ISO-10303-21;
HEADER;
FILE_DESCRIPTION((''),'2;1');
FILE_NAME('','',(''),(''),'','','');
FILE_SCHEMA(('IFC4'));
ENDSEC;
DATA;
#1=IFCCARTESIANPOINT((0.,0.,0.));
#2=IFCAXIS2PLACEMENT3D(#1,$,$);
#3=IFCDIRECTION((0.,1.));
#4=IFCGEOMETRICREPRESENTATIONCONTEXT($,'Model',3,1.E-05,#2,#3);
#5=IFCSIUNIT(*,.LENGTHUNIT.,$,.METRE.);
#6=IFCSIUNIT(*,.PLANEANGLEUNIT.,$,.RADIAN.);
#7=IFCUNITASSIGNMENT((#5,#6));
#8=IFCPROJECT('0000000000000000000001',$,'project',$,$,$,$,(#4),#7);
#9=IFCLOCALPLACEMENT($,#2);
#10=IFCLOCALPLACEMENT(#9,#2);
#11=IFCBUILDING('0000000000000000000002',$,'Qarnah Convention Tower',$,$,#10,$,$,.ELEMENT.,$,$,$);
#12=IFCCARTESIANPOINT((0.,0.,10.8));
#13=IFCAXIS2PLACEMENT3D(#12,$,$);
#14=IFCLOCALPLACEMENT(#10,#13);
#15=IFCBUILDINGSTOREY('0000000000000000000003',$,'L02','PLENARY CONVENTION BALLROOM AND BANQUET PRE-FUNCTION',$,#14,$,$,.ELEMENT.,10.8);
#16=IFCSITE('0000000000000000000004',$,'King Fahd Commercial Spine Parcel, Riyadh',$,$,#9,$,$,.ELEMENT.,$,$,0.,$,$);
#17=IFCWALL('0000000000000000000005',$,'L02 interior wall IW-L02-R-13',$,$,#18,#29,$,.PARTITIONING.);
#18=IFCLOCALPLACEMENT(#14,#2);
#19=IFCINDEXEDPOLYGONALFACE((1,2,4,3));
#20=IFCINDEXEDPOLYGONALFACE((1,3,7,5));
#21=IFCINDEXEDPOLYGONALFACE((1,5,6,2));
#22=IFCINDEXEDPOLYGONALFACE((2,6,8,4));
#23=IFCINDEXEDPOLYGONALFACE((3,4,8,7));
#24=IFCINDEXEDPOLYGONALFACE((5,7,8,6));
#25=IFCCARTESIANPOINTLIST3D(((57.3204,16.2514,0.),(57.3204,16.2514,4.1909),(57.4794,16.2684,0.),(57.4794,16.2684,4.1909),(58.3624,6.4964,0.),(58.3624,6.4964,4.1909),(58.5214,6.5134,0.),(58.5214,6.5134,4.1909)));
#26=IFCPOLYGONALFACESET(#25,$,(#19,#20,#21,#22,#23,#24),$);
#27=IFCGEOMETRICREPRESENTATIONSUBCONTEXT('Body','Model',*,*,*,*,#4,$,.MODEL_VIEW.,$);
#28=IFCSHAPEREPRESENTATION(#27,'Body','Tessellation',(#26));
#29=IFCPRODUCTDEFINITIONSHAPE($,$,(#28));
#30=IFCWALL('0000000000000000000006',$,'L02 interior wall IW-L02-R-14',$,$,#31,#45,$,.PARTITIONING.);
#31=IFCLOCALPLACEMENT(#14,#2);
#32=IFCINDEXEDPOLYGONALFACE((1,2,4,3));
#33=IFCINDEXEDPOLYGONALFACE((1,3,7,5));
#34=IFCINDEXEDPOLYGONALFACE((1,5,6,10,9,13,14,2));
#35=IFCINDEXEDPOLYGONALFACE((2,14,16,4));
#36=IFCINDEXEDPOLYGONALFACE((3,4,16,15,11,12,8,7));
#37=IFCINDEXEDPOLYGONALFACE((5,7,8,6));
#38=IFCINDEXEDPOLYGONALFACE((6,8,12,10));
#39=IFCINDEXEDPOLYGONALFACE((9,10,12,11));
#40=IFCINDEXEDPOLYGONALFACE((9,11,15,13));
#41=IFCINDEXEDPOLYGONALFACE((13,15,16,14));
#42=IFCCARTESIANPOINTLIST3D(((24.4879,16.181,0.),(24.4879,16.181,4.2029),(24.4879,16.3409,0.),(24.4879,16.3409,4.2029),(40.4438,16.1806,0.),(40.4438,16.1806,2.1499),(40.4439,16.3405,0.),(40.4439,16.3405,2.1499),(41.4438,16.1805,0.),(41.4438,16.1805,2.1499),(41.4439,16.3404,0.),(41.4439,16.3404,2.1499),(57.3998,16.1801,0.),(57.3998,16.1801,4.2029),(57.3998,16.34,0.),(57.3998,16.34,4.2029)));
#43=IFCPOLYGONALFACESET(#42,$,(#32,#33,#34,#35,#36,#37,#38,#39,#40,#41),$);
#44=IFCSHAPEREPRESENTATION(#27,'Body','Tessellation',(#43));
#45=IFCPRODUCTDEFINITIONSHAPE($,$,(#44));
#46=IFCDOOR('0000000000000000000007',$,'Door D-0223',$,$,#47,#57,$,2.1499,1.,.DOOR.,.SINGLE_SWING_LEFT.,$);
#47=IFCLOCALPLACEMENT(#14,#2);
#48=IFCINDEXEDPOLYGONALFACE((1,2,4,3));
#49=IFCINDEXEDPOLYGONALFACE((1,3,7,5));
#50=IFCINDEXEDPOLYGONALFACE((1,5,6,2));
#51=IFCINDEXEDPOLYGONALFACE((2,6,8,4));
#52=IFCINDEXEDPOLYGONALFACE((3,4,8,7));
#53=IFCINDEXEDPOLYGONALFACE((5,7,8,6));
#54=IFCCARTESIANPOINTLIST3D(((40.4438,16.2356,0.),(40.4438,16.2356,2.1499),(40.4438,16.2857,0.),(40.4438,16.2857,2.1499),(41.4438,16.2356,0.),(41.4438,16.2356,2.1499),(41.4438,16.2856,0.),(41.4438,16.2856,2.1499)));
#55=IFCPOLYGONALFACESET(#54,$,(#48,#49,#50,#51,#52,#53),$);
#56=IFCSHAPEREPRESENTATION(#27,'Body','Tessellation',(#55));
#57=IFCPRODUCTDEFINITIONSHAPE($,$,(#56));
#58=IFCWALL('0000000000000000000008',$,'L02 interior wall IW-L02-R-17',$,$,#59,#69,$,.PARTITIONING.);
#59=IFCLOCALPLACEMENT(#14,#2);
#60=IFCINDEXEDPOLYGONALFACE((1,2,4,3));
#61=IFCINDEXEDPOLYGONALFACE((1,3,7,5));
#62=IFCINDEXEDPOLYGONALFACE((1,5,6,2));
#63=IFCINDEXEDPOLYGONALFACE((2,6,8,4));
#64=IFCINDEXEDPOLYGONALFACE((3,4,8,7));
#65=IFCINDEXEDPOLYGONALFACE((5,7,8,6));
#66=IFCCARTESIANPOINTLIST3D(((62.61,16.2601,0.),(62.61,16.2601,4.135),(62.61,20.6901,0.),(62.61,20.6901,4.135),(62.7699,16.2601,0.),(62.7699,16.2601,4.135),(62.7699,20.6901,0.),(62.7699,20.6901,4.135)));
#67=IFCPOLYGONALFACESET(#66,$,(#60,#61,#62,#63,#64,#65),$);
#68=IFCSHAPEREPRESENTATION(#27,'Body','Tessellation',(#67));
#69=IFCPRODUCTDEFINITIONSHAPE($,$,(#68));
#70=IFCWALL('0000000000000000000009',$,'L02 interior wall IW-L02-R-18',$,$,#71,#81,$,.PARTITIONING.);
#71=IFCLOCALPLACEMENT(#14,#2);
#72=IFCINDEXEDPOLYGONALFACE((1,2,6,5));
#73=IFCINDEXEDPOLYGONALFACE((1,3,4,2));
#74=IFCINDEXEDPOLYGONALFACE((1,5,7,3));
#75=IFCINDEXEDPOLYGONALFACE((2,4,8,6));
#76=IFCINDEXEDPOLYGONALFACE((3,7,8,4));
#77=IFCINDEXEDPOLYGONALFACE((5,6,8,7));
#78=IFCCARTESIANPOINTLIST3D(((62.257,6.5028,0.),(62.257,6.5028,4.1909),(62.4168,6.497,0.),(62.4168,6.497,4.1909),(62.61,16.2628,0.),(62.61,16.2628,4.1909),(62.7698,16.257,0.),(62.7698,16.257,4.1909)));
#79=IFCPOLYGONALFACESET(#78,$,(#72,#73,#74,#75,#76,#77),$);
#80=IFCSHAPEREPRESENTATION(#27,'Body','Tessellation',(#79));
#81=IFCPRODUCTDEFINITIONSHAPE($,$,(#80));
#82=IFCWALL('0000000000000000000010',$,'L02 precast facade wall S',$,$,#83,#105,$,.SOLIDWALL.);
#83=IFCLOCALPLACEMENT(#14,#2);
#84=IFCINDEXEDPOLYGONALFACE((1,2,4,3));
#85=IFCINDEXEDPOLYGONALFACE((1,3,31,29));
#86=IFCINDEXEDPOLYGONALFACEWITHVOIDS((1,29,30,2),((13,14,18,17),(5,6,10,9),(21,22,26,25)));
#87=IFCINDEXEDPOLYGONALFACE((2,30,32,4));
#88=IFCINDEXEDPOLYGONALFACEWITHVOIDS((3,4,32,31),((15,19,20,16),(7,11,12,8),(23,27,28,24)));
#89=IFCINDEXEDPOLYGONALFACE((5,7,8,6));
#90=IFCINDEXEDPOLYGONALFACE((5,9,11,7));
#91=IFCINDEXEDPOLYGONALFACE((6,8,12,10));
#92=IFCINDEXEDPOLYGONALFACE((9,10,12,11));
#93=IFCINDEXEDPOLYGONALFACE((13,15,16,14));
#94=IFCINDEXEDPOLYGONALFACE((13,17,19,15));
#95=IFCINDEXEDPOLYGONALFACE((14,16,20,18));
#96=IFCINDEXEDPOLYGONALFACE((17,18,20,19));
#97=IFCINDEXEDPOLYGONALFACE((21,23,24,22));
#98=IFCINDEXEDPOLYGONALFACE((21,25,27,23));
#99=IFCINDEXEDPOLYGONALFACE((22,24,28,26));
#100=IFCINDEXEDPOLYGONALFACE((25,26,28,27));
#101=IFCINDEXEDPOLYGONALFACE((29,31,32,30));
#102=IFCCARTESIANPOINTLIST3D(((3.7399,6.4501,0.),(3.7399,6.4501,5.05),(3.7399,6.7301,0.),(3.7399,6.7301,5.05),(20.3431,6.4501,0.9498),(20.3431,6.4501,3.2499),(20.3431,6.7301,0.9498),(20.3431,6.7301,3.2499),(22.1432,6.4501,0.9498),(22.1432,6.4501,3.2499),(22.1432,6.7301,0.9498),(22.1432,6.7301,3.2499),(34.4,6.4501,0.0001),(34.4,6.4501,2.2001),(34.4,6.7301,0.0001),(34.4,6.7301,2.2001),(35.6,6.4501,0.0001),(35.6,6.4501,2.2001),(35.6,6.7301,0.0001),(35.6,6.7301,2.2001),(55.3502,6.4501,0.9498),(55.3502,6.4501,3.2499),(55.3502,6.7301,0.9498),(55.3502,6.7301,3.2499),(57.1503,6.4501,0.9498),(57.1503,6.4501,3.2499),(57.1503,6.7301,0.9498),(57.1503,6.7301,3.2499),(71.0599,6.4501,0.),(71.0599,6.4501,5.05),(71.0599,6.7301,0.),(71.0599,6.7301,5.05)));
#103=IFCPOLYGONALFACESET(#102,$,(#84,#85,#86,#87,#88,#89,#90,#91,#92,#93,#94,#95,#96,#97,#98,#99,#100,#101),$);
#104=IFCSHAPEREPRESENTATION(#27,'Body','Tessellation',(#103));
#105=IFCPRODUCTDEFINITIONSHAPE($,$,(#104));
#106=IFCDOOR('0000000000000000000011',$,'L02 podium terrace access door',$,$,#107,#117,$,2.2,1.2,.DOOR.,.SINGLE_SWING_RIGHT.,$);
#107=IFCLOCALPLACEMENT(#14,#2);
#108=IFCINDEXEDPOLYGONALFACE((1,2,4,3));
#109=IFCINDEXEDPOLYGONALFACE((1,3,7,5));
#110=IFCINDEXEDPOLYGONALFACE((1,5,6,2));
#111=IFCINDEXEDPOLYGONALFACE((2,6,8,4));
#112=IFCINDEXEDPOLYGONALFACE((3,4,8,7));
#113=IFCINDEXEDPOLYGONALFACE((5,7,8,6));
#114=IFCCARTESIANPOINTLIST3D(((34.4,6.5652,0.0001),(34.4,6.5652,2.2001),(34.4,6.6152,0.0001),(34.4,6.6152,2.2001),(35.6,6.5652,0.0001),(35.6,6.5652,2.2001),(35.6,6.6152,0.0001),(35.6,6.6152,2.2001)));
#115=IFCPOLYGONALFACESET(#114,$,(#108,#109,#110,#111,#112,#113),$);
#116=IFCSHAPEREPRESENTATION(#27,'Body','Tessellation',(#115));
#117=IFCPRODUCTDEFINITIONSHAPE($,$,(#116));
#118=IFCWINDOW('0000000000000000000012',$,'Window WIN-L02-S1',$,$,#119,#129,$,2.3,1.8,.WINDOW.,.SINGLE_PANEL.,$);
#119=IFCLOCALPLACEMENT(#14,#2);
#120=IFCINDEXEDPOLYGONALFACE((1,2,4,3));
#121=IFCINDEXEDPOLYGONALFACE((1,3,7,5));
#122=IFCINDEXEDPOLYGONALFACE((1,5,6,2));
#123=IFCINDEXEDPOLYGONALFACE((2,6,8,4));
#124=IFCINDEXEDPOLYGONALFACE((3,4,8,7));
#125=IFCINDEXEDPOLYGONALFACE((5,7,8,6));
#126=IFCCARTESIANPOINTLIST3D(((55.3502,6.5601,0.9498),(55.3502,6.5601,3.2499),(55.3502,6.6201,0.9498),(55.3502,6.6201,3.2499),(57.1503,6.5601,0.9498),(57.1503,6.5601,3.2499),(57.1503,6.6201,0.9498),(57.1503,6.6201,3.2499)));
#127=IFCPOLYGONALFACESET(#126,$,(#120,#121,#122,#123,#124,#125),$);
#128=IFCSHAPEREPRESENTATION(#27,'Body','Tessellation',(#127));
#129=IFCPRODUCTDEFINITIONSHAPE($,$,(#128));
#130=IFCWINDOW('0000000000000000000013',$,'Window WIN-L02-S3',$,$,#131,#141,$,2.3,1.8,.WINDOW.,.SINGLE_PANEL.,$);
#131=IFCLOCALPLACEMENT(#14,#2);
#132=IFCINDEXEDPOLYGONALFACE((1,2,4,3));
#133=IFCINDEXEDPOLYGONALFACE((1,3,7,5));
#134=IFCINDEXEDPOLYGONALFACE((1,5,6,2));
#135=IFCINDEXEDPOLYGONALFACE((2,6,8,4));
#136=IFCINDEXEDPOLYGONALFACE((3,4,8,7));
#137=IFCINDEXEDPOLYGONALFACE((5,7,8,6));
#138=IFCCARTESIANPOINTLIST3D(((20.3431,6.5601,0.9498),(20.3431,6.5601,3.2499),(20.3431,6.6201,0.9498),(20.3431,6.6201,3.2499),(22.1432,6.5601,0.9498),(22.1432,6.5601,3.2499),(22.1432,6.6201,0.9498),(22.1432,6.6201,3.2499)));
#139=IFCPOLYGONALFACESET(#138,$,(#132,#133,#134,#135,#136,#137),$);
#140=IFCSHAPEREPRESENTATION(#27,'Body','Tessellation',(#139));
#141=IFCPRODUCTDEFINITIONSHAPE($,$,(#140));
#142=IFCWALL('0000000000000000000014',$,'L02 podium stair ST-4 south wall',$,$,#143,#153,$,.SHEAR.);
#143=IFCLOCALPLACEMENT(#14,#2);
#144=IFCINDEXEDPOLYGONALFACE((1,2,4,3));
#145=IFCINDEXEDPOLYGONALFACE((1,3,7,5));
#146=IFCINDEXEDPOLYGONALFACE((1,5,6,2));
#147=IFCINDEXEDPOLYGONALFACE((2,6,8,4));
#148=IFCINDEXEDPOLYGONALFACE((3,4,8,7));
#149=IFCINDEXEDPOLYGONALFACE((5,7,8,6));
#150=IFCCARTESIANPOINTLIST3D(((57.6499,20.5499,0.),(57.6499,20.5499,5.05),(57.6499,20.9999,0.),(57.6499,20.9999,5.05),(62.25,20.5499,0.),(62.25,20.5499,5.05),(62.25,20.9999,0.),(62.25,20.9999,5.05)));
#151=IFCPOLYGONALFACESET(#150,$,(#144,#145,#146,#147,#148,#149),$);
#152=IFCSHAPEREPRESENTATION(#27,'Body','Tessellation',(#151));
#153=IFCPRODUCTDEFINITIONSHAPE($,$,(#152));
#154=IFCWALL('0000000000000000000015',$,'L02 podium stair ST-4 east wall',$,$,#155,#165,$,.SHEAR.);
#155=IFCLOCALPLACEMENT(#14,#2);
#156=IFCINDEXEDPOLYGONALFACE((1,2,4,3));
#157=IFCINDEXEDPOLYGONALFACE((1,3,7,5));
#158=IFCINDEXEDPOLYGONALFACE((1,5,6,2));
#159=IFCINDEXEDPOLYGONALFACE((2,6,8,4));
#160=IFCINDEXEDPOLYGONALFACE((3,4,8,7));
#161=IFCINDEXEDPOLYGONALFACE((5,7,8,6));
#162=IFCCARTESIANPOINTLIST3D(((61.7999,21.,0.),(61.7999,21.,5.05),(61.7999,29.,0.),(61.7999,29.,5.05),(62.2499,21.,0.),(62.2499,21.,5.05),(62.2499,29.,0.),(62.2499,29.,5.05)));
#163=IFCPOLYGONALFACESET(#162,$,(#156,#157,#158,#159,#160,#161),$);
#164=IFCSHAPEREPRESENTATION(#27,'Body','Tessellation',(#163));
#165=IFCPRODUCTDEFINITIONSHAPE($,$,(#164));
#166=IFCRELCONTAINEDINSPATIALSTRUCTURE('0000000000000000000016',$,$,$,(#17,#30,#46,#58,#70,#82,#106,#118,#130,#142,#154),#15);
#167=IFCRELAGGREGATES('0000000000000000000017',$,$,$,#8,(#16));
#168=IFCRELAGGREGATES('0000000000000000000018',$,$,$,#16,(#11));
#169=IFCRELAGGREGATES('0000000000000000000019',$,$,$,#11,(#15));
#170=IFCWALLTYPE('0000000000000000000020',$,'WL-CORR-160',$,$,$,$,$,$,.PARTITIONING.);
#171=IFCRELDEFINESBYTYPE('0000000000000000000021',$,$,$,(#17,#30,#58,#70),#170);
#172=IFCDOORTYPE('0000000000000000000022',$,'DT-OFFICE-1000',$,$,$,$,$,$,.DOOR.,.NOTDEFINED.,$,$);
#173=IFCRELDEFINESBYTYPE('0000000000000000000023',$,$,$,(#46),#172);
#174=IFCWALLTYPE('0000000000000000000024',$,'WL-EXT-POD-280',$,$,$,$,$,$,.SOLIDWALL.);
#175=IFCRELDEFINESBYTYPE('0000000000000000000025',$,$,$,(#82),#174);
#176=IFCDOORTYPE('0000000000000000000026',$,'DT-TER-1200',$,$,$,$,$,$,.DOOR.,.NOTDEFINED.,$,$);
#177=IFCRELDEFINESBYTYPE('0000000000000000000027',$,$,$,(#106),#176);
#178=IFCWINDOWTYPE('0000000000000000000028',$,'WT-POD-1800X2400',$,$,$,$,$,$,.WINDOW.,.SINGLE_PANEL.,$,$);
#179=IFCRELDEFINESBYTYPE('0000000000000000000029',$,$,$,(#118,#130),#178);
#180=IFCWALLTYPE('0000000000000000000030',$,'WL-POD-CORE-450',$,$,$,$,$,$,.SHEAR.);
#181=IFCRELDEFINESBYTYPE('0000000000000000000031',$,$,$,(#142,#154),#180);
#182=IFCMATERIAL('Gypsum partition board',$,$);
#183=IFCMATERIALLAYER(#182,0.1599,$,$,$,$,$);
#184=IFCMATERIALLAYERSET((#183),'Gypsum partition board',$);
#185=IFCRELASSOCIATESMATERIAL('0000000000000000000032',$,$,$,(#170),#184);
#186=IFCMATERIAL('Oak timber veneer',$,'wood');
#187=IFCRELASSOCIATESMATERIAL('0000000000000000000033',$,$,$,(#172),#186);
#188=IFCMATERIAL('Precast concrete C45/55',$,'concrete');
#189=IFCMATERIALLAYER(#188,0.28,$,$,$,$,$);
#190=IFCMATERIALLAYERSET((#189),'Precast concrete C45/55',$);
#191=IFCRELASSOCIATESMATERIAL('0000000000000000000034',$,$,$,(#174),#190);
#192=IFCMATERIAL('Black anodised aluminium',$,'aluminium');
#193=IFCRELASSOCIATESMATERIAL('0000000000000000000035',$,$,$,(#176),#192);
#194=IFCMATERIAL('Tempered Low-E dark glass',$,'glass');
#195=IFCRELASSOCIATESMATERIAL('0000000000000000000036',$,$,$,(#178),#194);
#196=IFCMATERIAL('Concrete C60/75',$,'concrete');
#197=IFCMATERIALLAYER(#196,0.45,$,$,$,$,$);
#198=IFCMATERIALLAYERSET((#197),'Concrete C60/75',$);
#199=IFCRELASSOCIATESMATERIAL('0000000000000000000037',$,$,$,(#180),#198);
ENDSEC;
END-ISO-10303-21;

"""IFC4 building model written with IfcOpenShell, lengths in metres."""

from ifc_helpers import new_model, si_unit, direction, frame, frame_2d, origin, place, context, subcontext, project, spatial, rectangle, extrude, material, layer, layer_set, type_object, element, fill, save


model = new_model("IFC4")

# Units and contexts
model_context = context("Model", 3, precision=1e-05, world=origin(), true_north=direction((0.0, 1.0)))
body_context = subcontext(model_context, "Body", "Model", "MODEL_VIEW")
ifc_project = project(units=[si_unit("LENGTHUNIT", "METRE"), si_unit("PLANEANGLEUNIT", "RADIAN")], contexts=[model_context])

# Site, building, storey
site_placement = place(None, origin())
site = spatial("IfcSite", under=ifc_project, at=site_placement, Name="King Fahd Commercial Spine Parcel, Riyadh", CompositionType="ELEMENT", RefElevation=0.0)
building_placement = place(site_placement, origin())
building = spatial("IfcBuilding", under=site, at=building_placement, Name="Qarnah Convention Tower", CompositionType="ELEMENT")
storey_placement = place(building_placement, frame((0.0, 0.0, 10.8)))
storey = spatial("IfcBuildingStorey", under=building, at=storey_placement, Name="L02", Description="PLENARY CONVENTION BALLROOM AND BANQUET PRE-FUNCTION", CompositionType="ELEMENT", Elevation=10.8)

# Shared definitions
ifc_material_1 = material(Name="Concrete C60/75", Category="concrete")

# Wall
ifc_material_2 = material(Name="Gypsum partition board")
ifc_layer_1 = layer(ifc_material_2, 0.1599)
ifc_layer_set_1 = layer_set([ifc_layer_1], Name="Gypsum partition board")
wall_type_1 = type_object("IfcWallType", Name="WL-CORR-160", PredefinedType="PARTITIONING", material=ifc_layer_set_1)
wall_1_placement = place(storey_placement, frame((58.4419, 6.5049, 0.0), z_axis=(0.0, 0.0, 1.0), x_axis=(-0.106211, 0.994344, 0.0)))
element("IfcWall", 1, at=wall_1_placement, inside=storey, type_object=wall_type_1, Name="L02 interior wall IW-L02-R-13", PredefinedType="PARTITIONING", context=body_context, shape_type="SweptSolid", body=[
    extrude(rectangle(XDim=9.8105, YDim=0.1599, at=frame_2d((4.9053, 0.0))), origin(), (0.0, 0.0, 1.0), 4.1909),
])

# Wall, opening, door
wall_2_placement = place(storey_placement, frame((57.3999, 16.26, 0.0), z_axis=(0.0, 0.0, 1.0), x_axis=(-1.0, 0.00003, 0.0)))
wall_2 = element("IfcWall", 2, at=wall_2_placement, inside=storey, type_object=wall_type_1, Name="L02 interior wall IW-L02-R-14", PredefinedType="PARTITIONING", context=body_context, shape_type="SweptSolid", body=[
    extrude(rectangle(XDim=32.9119, YDim=0.1599, at=frame_2d((16.4561, 0.0))), origin(), (0.0, 0.0, 1.0), 4.2029),
])
opening_1_placement = place(wall_2_placement, frame((15.9561, 0.0, 0.0)))
opening_1 = element("IfcOpeningElement", 3, at=opening_1_placement, cuts=wall_2, PredefinedType="OPENING", context=body_context, shape_type="SweptSolid", body=[
    extrude(rectangle(XDim=1.0, YDim=2.1499, at=frame_2d((0.5, 1.075))), frame((0.0, 0.0898, 0.0), z_axis=(0.0, -1.0, 0.0), x_axis=(1.0, 0.0, 0.0)), (0.0, 0.0, 1.0), 0.1799),
])
ifc_material_3 = material(Name="Oak timber veneer", Category="wood")
door_type_1 = type_object("IfcDoorType", Name="DT-OFFICE-1000", OperationType="NOTDEFINED", PredefinedType="DOOR", material=ifc_material_3)
door_1_placement = place(opening_1_placement, origin())
door_1 = element("IfcDoor", 4, at=door_1_placement, inside=storey, type_object=door_type_1, Name="Door D-0223", OperationType="SINGLE_SWING_LEFT", OverallHeight=2.1499, OverallWidth=1.0, PredefinedType="DOOR", context=body_context, shape_type="SweptSolid", body=[
    extrude(rectangle(XDim=1.0, YDim=2.1499, at=frame_2d((0.5, 1.075))), frame((0.0, 0.0249, 0.0), z_axis=(0.0, -1.0, 0.0), x_axis=(1.0, 0.0, 0.0)), (0.0, 0.0, 1.0), 0.05),
])
fill(opening_1, door_1)

# Walls
wall_3_placement = place(storey_placement, frame((62.6899, 20.6899, 0.0), z_axis=(0.0, 0.0, 1.0), x_axis=(0.0, -1.0, 0.0)))
element("IfcWall", 5, at=wall_3_placement, inside=storey, type_object=wall_type_1, Name="L02 interior wall IW-L02-R-17", PredefinedType="PARTITIONING", context=body_context, shape_type="SweptSolid", body=[
    extrude(rectangle(XDim=4.4299, YDim=0.1599, at=frame_2d((2.2148, 0.0))), origin(), (0.0, 0.0, 1.0), 4.135),
])
wall_4_placement = place(storey_placement, frame((62.6899, 16.26, 0.0), z_axis=(0.0, 0.0, 1.0), x_axis=(-0.036147, -0.999346, 0.0)))
element("IfcWall", 6, at=wall_4_placement, inside=storey, type_object=wall_type_1, Name="L02 interior wall IW-L02-R-18", PredefinedType="PARTITIONING", context=body_context, shape_type="SweptSolid", body=[
    extrude(rectangle(XDim=9.7664, YDim=0.1599, at=frame_2d((4.8833, 0.0))), origin(), (0.0, 0.0, 1.0), 4.1909),
])

# Wall, openings, door, windows
ifc_material_4 = material(Name="Precast concrete C45/55", Category="concrete")
ifc_layer_2 = layer(ifc_material_4, 0.28)
ifc_layer_set_2 = layer_set([ifc_layer_2], Name="Precast concrete C45/55")
wall_type_2 = type_object("IfcWallType", Name="WL-EXT-POD-280", PredefinedType="SOLIDWALL", material=ifc_layer_set_2)
wall_5_placement = place(storey_placement, frame((71.0601, 6.5901, 0.0), z_axis=(0.0, 0.0, 1.0), x_axis=(-1.0, 0.0, 0.0)))
wall_5 = element("IfcWall", 7, at=wall_5_placement, inside=storey, type_object=wall_type_2, Name="L02 precast facade wall S", PredefinedType="SOLIDWALL", context=body_context, shape_type="SweptSolid", body=[
    extrude(rectangle(XDim=67.3201, YDim=0.28, at=frame_2d((33.6602, 0.0))), origin(), (0.0, 0.0, 1.0), 5.05),
])
opening_2_placement = place(wall_5_placement, frame((13.9099, 0.0, 0.95)))
opening_2 = element("IfcOpeningElement", 8, at=opening_2_placement, cuts=wall_5, PredefinedType="OPENING", context=body_context, shape_type="SweptSolid", body=[
    extrude(rectangle(XDim=1.8, YDim=2.3, at=frame_2d((0.8999, 1.1499))), frame((0.0, 0.1499, 0.0), z_axis=(0.0, -1.0, 0.0), x_axis=(1.0, 0.0, 0.0)), (0.0, 0.0, 1.0), 0.3),
])
opening_3_placement = place(wall_5_placement, frame((48.917, 0.0, 0.95)))
opening_3 = element("IfcOpeningElement", 9, at=opening_3_placement, cuts=wall_5, PredefinedType="OPENING", context=body_context, shape_type="SweptSolid", body=[
    extrude(rectangle(XDim=1.8, YDim=2.3, at=frame_2d((0.8999, 1.1499))), frame((0.0, 0.1499, 0.0), z_axis=(0.0, -1.0, 0.0), x_axis=(1.0, 0.0, 0.0)), (0.0, 0.0, 1.0), 0.3),
])
opening_4_placement = place(wall_5_placement, frame((35.46, 0.0, 0.0)))
opening_4 = element("IfcOpeningElement", 10, at=opening_4_placement, cuts=wall_5, PredefinedType="OPENING", context=body_context, shape_type="SweptSolid", body=[
    extrude(rectangle(XDim=1.2, YDim=2.2, at=frame_2d((0.6001, 1.1001))), frame((0.0, 0.1499, 0.0), z_axis=(0.0, -1.0, 0.0), x_axis=(1.0, 0.0, 0.0)), (0.0, 0.0, 1.0), 0.3),
])
ifc_material_5 = material(Name="Black anodised aluminium", Category="aluminium")
door_type_2 = type_object("IfcDoorType", Name="DT-TER-1200", OperationType="NOTDEFINED", PredefinedType="DOOR", material=ifc_material_5)
door_2_placement = place(opening_4_placement, origin())
door_2 = element("IfcDoor", 11, at=door_2_placement, inside=storey, type_object=door_type_2, Name="L02 podium terrace access door", OperationType="SINGLE_SWING_RIGHT", OverallHeight=2.2, OverallWidth=1.2, PredefinedType="DOOR", context=body_context, shape_type="SweptSolid", body=[
    extrude(rectangle(XDim=1.2, YDim=2.2, at=frame_2d((0.6001, 1.1001))), frame((0.0, 0.0249, 0.0), z_axis=(0.0, -1.0, 0.0), x_axis=(1.0, 0.0, 0.0)), (0.0, 0.0, 1.0), 0.05),
])
fill(opening_4, door_2)
ifc_material_6 = material(Name="Tempered Low-E dark glass", Category="glass")
window_type = type_object("IfcWindowType", Name="WT-POD-1800X2400", PartitioningType="SINGLE_PANEL", PredefinedType="WINDOW", material=ifc_material_6)
window_1_placement = place(opening_2_placement, origin())
window_1 = element("IfcWindow", 12, at=window_1_placement, inside=storey, type_object=window_type, Name="Window WIN-L02-S1", OverallHeight=2.3, OverallWidth=1.8, PartitioningType="SINGLE_PANEL", PredefinedType="WINDOW", context=body_context, shape_type="SweptSolid", body=[
    extrude(rectangle(XDim=1.8, YDim=2.3, at=frame_2d((0.8999, 1.1499))), frame((0.0, 0.03, 0.0), z_axis=(0.0, -1.0, 0.0), x_axis=(1.0, 0.0, 0.0)), (0.0, 0.0, 1.0), 0.0601),
])
fill(opening_2, window_1)
window_2_placement = place(opening_3_placement, origin())
window_2 = element("IfcWindow", 13, at=window_2_placement, inside=storey, type_object=window_type, Name="Window WIN-L02-S3", OverallHeight=2.3, OverallWidth=1.8, PartitioningType="SINGLE_PANEL", PredefinedType="WINDOW", context=body_context, shape_type="SweptSolid", body=[
    extrude(rectangle(XDim=1.8, YDim=2.3, at=frame_2d((0.8999, 1.1499))), frame((0.0, 0.03, 0.0), z_axis=(0.0, -1.0, 0.0), x_axis=(1.0, 0.0, 0.0)), (0.0, 0.0, 1.0), 0.0601),
])
fill(opening_3, window_2)

# Wall
ifc_layer_3 = layer(ifc_material_1, 0.45)
ifc_layer_set_3 = layer_set([ifc_layer_3], Name="Concrete C60/75")
wall_type_3 = type_object("IfcWallType", Name="WL-POD-CORE-450", PredefinedType="SHEAR", material=ifc_layer_set_3)
wall_6_placement = place(storey_placement, frame((57.6499, 20.7749, 0.0), z_axis=(0.0, 0.0, 1.0), x_axis=(1.0, 0.0, 0.0)))
element("IfcWall", 14, at=wall_6_placement, inside=storey, type_object=wall_type_3, Name="L02 podium stair ST-4 south wall", PredefinedType="SHEAR", context=body_context, shape_type="SweptSolid", body=[
    extrude(rectangle(XDim=4.6001, YDim=0.45, at=frame_2d((2.3, 0.0))), origin(), (0.0, 0.0, 1.0), 5.05),
])

# Wall
wall_7_placement = place(storey_placement, frame((62.0249, 21.0, 0.0), z_axis=(0.0, 0.0, 1.0), x_axis=(0.0, 1.0, 0.0)))
element("IfcWall", 15, at=wall_7_placement, inside=storey, type_object=wall_type_3, Name="L02 podium stair ST-4 east wall", PredefinedType="SHEAR", context=body_context, shape_type="SweptSolid", body=[
    extrude(rectangle(XDim=8.0, YDim=0.45, at=frame_2d((4.0, 0.0))), origin(), (0.0, 0.0, 1.0), 5.05),
])

save(model, "model.ifc")
